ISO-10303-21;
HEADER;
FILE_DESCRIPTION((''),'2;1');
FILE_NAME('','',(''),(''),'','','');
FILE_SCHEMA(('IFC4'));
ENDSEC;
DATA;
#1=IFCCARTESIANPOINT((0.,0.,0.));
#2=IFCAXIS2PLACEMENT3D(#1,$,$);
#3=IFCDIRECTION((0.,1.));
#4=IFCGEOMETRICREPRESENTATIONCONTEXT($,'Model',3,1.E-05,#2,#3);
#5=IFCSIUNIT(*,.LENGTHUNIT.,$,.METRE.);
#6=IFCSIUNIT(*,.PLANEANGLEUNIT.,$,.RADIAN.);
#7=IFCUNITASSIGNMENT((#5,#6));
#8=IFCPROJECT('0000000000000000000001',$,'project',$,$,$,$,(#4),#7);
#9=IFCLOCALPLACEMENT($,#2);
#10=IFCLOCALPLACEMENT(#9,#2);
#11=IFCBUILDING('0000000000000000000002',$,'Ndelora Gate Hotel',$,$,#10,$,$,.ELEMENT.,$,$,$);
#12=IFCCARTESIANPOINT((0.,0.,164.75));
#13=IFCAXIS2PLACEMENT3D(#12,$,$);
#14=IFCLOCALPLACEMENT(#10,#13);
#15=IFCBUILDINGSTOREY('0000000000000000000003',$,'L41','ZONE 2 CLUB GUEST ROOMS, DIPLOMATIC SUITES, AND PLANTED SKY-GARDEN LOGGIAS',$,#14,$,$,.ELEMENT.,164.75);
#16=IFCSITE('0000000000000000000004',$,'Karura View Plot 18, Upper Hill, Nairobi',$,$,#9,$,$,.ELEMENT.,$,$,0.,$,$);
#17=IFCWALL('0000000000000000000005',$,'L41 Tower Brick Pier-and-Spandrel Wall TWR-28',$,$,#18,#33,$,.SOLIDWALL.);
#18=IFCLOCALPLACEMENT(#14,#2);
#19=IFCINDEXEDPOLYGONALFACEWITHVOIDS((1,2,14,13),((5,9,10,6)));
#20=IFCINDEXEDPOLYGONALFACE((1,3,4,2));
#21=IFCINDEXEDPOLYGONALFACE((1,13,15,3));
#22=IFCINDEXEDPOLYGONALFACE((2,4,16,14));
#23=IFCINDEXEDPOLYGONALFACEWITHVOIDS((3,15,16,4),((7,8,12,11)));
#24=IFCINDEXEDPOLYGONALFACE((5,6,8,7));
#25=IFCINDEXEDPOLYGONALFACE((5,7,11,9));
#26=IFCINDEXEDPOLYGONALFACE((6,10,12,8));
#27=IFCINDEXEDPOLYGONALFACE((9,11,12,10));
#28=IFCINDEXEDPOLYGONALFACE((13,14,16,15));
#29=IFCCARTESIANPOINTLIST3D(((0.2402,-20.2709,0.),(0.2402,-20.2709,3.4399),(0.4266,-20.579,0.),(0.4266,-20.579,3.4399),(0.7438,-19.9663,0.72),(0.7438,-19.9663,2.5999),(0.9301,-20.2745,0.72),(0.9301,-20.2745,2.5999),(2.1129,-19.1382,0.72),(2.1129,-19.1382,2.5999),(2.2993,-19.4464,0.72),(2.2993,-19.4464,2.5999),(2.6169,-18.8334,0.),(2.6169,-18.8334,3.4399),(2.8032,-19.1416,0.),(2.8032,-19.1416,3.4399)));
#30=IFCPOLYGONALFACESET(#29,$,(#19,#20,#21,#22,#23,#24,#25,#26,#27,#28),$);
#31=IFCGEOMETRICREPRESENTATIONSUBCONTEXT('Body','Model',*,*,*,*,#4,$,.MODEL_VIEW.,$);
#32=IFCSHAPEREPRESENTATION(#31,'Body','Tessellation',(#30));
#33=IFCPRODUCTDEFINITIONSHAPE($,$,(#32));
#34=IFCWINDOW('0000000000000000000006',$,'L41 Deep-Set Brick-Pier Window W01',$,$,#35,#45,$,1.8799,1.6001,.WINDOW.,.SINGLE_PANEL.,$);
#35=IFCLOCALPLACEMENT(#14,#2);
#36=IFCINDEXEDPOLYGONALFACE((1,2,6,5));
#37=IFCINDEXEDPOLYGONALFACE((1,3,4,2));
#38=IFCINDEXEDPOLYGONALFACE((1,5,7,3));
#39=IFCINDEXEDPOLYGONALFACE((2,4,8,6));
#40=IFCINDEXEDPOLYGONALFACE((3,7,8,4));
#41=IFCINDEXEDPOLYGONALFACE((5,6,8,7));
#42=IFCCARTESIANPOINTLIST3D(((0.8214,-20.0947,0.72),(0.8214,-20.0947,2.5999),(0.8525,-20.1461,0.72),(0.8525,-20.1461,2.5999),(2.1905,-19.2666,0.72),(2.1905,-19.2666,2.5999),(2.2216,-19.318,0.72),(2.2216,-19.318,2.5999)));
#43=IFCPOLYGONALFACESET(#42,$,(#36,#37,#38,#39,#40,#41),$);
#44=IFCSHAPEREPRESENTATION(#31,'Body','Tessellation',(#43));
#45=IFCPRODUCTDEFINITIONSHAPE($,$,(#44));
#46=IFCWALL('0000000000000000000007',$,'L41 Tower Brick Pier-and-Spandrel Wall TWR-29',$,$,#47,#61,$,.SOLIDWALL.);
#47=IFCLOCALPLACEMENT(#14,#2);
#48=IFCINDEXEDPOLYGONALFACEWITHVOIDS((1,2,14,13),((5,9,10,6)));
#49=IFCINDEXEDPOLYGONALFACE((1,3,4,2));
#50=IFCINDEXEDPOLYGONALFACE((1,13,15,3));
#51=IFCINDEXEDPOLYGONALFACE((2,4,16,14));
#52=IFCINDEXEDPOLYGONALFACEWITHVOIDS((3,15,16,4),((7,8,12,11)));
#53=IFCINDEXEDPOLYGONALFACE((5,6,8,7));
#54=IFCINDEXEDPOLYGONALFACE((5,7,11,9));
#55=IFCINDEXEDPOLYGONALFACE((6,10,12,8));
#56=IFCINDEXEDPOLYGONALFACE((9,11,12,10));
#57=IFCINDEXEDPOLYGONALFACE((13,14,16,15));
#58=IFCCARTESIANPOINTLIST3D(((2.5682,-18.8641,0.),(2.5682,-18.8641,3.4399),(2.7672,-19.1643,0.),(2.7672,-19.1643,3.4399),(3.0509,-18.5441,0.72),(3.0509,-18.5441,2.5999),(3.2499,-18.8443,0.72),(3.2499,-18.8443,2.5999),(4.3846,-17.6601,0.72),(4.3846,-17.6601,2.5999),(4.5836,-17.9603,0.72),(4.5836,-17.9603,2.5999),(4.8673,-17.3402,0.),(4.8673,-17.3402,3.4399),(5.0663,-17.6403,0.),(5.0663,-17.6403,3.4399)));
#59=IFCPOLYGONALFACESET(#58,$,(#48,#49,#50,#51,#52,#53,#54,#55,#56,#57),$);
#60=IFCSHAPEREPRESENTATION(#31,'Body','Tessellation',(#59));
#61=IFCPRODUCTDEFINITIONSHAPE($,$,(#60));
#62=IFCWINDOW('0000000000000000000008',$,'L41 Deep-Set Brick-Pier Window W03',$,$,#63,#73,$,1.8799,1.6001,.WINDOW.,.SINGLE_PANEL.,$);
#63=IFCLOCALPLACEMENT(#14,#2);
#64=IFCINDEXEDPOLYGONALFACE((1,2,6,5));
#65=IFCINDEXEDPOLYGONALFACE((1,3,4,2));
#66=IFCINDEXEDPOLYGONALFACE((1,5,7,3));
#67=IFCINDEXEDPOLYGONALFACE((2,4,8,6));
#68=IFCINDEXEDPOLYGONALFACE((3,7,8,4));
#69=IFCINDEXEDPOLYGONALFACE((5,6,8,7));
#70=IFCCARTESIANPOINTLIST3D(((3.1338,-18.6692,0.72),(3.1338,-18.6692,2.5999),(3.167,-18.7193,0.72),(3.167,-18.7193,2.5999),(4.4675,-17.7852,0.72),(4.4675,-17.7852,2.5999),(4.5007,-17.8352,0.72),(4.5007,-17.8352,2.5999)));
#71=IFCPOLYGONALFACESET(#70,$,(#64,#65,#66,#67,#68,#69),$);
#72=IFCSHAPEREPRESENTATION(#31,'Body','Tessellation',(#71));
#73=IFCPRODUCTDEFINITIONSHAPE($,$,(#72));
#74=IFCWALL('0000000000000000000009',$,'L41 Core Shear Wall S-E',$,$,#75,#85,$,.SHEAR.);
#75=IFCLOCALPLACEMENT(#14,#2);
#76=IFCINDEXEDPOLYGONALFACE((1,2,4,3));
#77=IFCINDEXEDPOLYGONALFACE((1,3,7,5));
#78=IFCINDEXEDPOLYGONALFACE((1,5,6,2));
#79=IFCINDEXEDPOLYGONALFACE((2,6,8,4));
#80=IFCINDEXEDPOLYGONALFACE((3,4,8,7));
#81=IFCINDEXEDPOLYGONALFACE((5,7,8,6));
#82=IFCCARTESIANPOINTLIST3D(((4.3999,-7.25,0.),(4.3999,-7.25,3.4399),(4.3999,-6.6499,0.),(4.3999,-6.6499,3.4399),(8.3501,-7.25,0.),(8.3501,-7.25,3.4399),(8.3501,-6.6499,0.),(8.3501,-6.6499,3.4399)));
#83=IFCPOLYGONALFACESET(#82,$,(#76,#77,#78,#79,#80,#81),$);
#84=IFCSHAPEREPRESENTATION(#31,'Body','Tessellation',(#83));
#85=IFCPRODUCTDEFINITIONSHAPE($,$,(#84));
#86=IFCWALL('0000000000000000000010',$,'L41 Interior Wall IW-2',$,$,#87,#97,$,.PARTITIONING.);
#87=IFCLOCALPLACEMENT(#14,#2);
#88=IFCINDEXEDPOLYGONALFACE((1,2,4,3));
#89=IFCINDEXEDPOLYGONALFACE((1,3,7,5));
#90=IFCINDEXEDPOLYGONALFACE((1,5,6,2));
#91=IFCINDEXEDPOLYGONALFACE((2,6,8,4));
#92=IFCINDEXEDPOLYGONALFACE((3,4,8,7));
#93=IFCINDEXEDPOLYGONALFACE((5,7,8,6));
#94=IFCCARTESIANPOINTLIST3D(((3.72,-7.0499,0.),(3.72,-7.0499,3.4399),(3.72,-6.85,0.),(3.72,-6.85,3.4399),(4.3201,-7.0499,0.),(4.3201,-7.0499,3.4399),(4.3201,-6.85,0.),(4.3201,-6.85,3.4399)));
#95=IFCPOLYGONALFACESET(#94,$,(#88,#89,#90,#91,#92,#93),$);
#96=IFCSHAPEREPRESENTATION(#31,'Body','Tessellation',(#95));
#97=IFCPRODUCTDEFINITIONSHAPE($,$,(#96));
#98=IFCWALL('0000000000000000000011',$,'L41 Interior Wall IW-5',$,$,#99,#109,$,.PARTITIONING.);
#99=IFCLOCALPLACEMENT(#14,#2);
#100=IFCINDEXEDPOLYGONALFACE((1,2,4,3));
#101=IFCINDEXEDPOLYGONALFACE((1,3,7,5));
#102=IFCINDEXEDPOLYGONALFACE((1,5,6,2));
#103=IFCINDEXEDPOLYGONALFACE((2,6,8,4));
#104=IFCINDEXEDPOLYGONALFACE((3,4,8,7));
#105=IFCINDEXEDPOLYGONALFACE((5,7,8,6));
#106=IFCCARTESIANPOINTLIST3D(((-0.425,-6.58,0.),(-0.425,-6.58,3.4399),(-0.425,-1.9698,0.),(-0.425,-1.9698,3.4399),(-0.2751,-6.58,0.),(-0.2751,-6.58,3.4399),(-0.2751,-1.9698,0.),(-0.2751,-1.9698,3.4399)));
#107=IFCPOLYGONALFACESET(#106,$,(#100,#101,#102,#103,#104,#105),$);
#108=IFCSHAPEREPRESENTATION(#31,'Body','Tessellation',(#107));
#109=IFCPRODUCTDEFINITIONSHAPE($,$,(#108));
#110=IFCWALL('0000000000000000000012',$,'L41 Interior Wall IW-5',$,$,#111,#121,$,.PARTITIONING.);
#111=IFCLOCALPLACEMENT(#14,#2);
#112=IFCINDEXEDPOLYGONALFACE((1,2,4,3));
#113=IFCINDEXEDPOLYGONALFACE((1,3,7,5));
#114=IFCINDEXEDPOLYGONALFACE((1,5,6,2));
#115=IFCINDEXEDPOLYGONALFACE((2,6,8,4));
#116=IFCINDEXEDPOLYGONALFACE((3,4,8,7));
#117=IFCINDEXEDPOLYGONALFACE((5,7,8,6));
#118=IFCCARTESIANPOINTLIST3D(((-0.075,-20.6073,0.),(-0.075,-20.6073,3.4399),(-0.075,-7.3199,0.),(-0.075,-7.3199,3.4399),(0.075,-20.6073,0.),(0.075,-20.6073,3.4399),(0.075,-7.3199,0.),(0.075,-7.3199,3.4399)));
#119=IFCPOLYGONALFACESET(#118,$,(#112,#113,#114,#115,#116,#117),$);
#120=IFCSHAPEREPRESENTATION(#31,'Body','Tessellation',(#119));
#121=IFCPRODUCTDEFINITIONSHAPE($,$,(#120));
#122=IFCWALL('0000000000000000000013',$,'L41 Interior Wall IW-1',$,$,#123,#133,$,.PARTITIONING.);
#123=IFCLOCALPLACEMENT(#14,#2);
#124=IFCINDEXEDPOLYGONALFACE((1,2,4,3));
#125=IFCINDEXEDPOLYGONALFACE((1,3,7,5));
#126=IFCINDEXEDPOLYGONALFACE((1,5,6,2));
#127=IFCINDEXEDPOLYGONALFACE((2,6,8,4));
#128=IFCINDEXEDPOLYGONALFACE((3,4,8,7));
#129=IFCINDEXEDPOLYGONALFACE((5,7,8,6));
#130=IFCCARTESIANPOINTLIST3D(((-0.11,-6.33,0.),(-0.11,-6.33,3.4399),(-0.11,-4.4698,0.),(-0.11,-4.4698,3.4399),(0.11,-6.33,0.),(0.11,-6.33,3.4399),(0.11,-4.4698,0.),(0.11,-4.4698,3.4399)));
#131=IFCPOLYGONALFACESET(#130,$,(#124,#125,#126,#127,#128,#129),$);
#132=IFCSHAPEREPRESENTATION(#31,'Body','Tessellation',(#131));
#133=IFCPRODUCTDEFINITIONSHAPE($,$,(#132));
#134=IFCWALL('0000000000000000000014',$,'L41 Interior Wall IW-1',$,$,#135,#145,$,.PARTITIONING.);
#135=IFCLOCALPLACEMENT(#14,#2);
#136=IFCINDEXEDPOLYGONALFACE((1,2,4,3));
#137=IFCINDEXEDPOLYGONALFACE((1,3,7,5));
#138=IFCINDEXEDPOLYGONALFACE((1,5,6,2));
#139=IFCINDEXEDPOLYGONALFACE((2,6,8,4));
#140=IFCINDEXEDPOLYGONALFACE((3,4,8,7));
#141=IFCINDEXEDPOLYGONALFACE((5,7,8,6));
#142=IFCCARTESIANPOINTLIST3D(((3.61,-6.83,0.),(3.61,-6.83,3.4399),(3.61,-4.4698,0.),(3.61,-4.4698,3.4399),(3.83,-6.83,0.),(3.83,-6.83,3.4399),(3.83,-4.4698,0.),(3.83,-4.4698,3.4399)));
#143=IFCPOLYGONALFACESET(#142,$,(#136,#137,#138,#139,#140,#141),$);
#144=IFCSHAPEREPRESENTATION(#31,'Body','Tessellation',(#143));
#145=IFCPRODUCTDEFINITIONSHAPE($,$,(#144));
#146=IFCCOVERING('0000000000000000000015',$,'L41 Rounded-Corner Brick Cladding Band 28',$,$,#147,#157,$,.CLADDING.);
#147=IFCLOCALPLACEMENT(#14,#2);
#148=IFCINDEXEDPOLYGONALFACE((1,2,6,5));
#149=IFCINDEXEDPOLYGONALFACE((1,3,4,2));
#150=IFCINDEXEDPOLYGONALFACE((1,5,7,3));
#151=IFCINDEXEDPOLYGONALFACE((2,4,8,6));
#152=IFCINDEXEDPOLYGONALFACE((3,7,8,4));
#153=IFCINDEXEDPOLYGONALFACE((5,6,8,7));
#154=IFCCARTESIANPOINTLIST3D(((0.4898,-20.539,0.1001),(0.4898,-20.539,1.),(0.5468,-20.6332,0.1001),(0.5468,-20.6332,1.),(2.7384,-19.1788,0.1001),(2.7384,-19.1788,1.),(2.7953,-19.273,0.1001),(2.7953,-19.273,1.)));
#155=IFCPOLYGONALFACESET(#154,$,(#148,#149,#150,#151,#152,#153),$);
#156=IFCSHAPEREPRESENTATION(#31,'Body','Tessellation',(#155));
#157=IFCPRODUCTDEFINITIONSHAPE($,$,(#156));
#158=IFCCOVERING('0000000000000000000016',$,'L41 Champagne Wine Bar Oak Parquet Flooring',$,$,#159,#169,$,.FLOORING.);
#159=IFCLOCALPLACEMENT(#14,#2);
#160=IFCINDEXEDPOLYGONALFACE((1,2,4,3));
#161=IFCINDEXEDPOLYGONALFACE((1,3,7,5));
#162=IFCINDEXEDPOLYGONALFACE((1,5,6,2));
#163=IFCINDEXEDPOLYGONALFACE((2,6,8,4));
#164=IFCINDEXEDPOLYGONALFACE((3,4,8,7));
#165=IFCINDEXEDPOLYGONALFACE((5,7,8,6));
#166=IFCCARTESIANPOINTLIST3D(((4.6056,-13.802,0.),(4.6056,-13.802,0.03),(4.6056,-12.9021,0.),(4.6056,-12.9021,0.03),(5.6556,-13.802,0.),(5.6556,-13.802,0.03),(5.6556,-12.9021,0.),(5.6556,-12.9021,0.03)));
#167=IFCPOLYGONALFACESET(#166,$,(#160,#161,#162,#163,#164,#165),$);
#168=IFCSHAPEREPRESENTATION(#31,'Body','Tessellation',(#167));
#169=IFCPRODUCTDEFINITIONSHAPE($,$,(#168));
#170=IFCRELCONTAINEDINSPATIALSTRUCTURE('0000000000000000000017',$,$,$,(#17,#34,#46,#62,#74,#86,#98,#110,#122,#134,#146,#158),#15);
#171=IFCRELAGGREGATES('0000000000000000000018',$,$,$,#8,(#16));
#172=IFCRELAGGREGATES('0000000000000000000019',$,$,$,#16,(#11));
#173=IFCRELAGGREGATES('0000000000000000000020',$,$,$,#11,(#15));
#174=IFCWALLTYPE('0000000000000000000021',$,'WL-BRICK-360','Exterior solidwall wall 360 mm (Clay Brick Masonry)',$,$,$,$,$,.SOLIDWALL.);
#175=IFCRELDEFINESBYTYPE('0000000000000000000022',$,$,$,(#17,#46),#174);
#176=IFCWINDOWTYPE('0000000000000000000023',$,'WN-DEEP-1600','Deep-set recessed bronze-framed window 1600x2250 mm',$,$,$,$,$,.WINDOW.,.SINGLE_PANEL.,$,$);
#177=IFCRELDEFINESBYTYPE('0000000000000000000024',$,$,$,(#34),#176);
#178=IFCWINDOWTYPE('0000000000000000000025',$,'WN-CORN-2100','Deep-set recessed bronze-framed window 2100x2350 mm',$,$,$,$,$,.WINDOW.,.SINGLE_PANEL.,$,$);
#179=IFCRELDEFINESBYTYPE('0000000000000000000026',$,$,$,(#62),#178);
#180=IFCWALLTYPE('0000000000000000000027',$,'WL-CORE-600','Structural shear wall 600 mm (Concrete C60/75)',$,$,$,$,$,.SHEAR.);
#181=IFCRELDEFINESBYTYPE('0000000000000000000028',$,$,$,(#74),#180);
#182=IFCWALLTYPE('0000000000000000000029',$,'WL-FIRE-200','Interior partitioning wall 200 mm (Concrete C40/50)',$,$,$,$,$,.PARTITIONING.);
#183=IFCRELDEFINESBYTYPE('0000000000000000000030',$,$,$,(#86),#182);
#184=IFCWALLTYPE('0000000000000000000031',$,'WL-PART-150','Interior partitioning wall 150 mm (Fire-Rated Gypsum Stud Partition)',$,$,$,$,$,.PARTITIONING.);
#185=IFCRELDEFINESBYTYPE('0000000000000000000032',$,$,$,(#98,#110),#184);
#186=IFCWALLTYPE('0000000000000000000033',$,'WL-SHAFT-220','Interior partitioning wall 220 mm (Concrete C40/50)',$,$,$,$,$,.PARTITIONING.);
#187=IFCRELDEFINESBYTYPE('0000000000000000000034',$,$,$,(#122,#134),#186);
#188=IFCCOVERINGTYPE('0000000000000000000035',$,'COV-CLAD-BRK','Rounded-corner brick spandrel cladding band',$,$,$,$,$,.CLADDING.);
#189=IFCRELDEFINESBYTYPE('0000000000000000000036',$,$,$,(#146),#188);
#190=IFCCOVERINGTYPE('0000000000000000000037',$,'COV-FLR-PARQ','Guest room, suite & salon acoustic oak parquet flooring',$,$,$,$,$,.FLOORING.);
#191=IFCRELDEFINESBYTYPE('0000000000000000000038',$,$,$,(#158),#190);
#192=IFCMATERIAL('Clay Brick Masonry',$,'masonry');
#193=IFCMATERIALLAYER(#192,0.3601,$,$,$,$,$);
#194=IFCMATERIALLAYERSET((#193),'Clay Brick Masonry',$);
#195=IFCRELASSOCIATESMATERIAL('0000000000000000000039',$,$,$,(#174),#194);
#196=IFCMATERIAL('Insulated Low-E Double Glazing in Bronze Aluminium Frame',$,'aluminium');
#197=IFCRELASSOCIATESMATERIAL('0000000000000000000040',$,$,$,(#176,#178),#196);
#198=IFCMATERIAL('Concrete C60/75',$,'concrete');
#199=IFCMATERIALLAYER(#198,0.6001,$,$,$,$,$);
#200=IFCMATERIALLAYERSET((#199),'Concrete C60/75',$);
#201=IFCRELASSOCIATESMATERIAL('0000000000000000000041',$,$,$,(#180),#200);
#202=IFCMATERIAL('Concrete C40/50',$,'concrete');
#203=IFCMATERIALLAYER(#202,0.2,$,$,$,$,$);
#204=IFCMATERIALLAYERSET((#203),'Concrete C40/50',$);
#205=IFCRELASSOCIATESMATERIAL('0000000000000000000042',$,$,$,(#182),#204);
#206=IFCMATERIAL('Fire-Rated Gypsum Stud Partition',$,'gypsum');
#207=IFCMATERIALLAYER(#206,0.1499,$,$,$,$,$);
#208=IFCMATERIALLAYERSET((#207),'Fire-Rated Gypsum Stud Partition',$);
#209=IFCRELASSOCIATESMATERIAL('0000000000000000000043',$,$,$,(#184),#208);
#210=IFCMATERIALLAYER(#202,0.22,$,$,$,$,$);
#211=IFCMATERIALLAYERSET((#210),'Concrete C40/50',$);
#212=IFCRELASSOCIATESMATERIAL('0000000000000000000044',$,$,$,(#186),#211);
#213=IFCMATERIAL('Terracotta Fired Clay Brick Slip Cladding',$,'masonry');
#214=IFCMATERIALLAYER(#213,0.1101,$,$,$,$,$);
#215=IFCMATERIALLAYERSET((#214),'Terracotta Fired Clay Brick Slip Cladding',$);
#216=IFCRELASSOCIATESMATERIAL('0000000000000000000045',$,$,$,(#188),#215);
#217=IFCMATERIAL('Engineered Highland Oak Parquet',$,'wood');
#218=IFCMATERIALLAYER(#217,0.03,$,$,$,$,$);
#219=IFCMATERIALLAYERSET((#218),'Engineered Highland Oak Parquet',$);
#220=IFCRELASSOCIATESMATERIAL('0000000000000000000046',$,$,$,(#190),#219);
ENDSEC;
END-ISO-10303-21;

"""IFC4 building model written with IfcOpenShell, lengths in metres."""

from ifc_helpers import new_model, si_unit, direction, frame, frame_2d, origin, origin_2d, place, context, subcontext, project, spatial, rectangle, extrude, material, layer, layer_set, type_object, element, fill, save


model = new_model("IFC4")

# Units and contexts
model_context = context("Model", 3, precision=1e-05, world=origin(), true_north=direction((0.0, 1.0)))
body_context = subcontext(model_context, "Body", "Model", "MODEL_VIEW")
ifc_project = project(units=[si_unit("LENGTHUNIT", "METRE"), si_unit("PLANEANGLEUNIT", "RADIAN")], contexts=[model_context])

# Site, building, storey
site_placement = place(None, origin())
site = spatial("IfcSite", under=ifc_project, at=site_placement, Name="Karura View Plot 18, Upper Hill, Nairobi", CompositionType="ELEMENT", RefElevation=0.0)
building_placement = place(site_placement, origin())
building = spatial("IfcBuilding", under=site, at=building_placement, Name="Ndelora Gate Hotel", CompositionType="ELEMENT")
storey_placement = place(building_placement, frame((0.0, 0.0, 164.75)))
storey = spatial("IfcBuildingStorey", under=building, at=storey_placement, Name="L41", Description="ZONE 2 CLUB GUEST ROOMS, DIPLOMATIC SUITES, AND PLANTED SKY-GARDEN LOGGIAS", CompositionType="ELEMENT", Elevation=164.75)

# Shared definitions
ifc_material_1 = material(Name="Concrete C60/75", Category="concrete")

# Shared definitions
ifc_material_2 = material(Name="Clay Brick Masonry", Category="masonry")
ifc_layer_1 = layer(ifc_material_2, 0.3601)
ifc_layer_set_1 = layer_set([ifc_layer_1], Name="Clay Brick Masonry")
wall_type_1 = type_object("IfcWallType", Name="WL-BRICK-360", Description="Exterior solidwall wall 360 mm (Clay Brick Masonry)", PredefinedType="SOLIDWALL", material=ifc_layer_set_1)

# Walls, openings, windows
ifc_material_3 = material(Name="Insulated Low-E Double Glazing in Bronze Aluminium Frame", Category="aluminium")
window_type_1 = type_object("IfcWindowType", Name="WN-DEEP-1600", Description="Deep-set recessed bronze-framed window 1600x2250 mm", PartitioningType="SINGLE_PANEL", PredefinedType="WINDOW", material=ifc_material_3)
wall_1_placement = place(storey_placement, frame((2.71, -18.9875, 0.0), z_axis=(0.0, 0.0, 1.0), x_axis=(-0.855665, -0.51753, 0.0)))
wall_1 = element("IfcWall", 1, at=wall_1_placement, inside=storey, type_object=wall_type_1, Name="L41 Tower Brick Pier-and-Spandrel Wall TWR-28", PredefinedType="SOLIDWALL", context=body_context, shape_type="SweptSolid", body=[
    extrude(rectangle(XDim=2.7776, YDim=0.3601, at=frame_2d((1.3887, 0.0))), origin(), (0.0, 0.0, 1.0), 3.4399),
])
opening_1_placement = place(wall_1_placement, frame((0.5889, 0.0, 0.72)))
opening_1 = element("IfcOpeningElement", 2, at=opening_1_placement, cuts=wall_1, PredefinedType="OPENING", context=body_context, shape_type="SweptSolid", body=[
    extrude(rectangle(XDim=1.6001, YDim=1.8799, at=frame_2d((0.8, 0.9399))), frame((0.0, 0.1899, 0.0), z_axis=(0.0, -1.0, 0.0), x_axis=(1.0, 0.0, 0.0)), (0.0, 0.0, 1.0), 0.3801),
])
window_1_placement = place(opening_1_placement, origin())
window_1 = element("IfcWindow", 3, at=window_1_placement, inside=storey, type_object=window_type_1, Name="L41 Deep-Set Brick-Pier Window W01", OverallHeight=1.8799, OverallWidth=1.6001, PartitioningType="SINGLE_PANEL", PredefinedType="WINDOW", context=body_context, shape_type="SweptSolid", body=[
    extrude(rectangle(XDim=1.6001, YDim=1.8799, at=frame_2d((0.8, 0.9399))), frame((0.0, 0.03, 0.0), z_axis=(0.0, -1.0, 0.0), x_axis=(1.0, 0.0, 0.0)), (0.0, 0.0, 1.0), 0.0601),
])
fill(opening_1, window_1)
wall_2_placement = place(storey_placement, frame((4.9668, -17.4902, 0.0), z_axis=(0.0, 0.0, 1.0), x_axis=(-0.833518, -0.552492, 0.0)))
wall_2 = element("IfcWall", 4, at=wall_2_placement, inside=storey, type_object=wall_type_1, Name="L41 Tower Brick Pier-and-Spandrel Wall TWR-29", PredefinedType="SOLIDWALL", context=body_context, shape_type="SweptSolid", body=[
    extrude(rectangle(XDim=2.7583, YDim=0.3601, at=frame_2d((1.3792, 0.0))), origin(), (0.0, 0.0, 1.0), 3.4399),
])
opening_2_placement = place(wall_2_placement, frame((0.5791, 0.0, 0.72)))
opening_2 = element("IfcOpeningElement", 5, at=opening_2_placement, cuts=wall_2, PredefinedType="OPENING", context=body_context, shape_type="SweptSolid", body=[
    extrude(rectangle(XDim=1.6001, YDim=1.8799, at=frame_2d((0.8, 0.9399))), frame((0.0, 0.1899, 0.0), z_axis=(0.0, -1.0, 0.0), x_axis=(1.0, 0.0, 0.0)), (0.0, 0.0, 1.0), 0.3801),
])
window_type_2 = type_object("IfcWindowType", Name="WN-CORN-2100", Description="Deep-set recessed bronze-framed window 2100x2350 mm", PartitioningType="SINGLE_PANEL", PredefinedType="WINDOW", material=ifc_material_3)
window_2_placement = place(opening_2_placement, origin())
window_2 = element("IfcWindow", 6, at=window_2_placement, inside=storey, type_object=window_type_2, Name="L41 Deep-Set Brick-Pier Window W03", OverallHeight=1.8799, OverallWidth=1.6001, PartitioningType="SINGLE_PANEL", PredefinedType="WINDOW", context=body_context, shape_type="SweptSolid", body=[
    extrude(rectangle(XDim=1.6001, YDim=1.8799, at=frame_2d((0.8, 0.9399))), frame((0.0, 0.03, 0.0), z_axis=(0.0, -1.0, 0.0), x_axis=(1.0, 0.0, 0.0)), (0.0, 0.0, 1.0), 0.0601),
])
fill(opening_2, window_2)

# Walls
ifc_layer_2 = layer(ifc_material_1, 0.6001)
ifc_layer_set_2 = layer_set([ifc_layer_2], Name="Concrete C60/75")
wall_type_2 = type_object("IfcWallType", Name="WL-CORE-600", Description="Structural shear wall 600 mm (Concrete C60/75)", PredefinedType="SHEAR", material=ifc_layer_set_2)
wall_3_placement = place(storey_placement, frame((4.3999, -6.95, 0.0), z_axis=(0.0, 0.0, 1.0), x_axis=(1.0, 0.0, 0.0)))
element("IfcWall", 7, at=wall_3_placement, inside=storey, type_object=wall_type_2, Name="L41 Core Shear Wall S-E", PredefinedType="SHEAR", context=body_context, shape_type="SweptSolid", body=[
    extrude(rectangle(XDim=3.9502, YDim=0.6001, at=frame_2d((1.9751, 0.0))), origin(), (0.0, 0.0, 1.0), 3.4399),
])
ifc_material_4 = material(Name="Concrete C40/50", Category="concrete")
ifc_layer_3 = layer(ifc_material_4, 0.2)
ifc_layer_set_3 = layer_set([ifc_layer_3], Name="Concrete C40/50")
wall_type_3 = type_object("IfcWallType", Name="WL-FIRE-200", Description="Interior partitioning wall 200 mm (Concrete C40/50)", PredefinedType="PARTITIONING", material=ifc_layer_set_3)
wall_4_placement = place(storey_placement, frame((3.72, -6.95, 0.0), z_axis=(0.0, 0.0, 1.0), x_axis=(1.0, 0.0, 0.0)))
element("IfcWall", 8, at=wall_4_placement, inside=storey, type_object=wall_type_3, Name="L41 Interior Wall IW-2", PredefinedType="PARTITIONING", context=body_context, shape_type="SweptSolid", body=[
    extrude(rectangle(XDim=0.6001, YDim=0.2, at=frame_2d((0.3, 0.0))), origin(), (0.0, 0.0, 1.0), 3.4399),
])
ifc_material_5 = material(Name="Fire-Rated Gypsum Stud Partition", Category="gypsum")
ifc_layer_4 = layer(ifc_material_5, 0.1499)
ifc_layer_set_4 = layer_set([ifc_layer_4], Name="Fire-Rated Gypsum Stud Partition")
wall_type_4 = type_object("IfcWallType", Name="WL-PART-150", Description="Interior partitioning wall 150 mm (Fire-Rated Gypsum Stud Partition)", PredefinedType="PARTITIONING", material=ifc_layer_set_4)
wall_5_placement = place(storey_placement, frame((-0.3501, -6.5801, 0.0), z_axis=(0.0, 0.0, 1.0), x_axis=(0.0, 1.0, 0.0)))
element("IfcWall", 9, at=wall_5_placement, inside=storey, type_object=wall_type_4, Name="L41 Interior Wall IW-5", PredefinedType="PARTITIONING", context=body_context, shape_type="SweptSolid", body=[
    extrude(rectangle(XDim=4.6101, YDim=0.1499, at=frame_2d((2.3052, 0.0))), origin(), (0.0, 0.0, 1.0), 3.4399),
])
wall_6_placement = place(storey_placement, frame((0.0, -7.3201, 0.0), z_axis=(0.0, 0.0, 1.0), x_axis=(0.0, -1.0, 0.0)))
element("IfcWall", 10, at=wall_6_placement, inside=storey, type_object=wall_type_4, Name="L41 Interior Wall IW-5", PredefinedType="PARTITIONING", context=body_context, shape_type="SweptSolid", body=[
    extrude(rectangle(XDim=13.2874, YDim=0.1499, at=frame_2d((6.6436, 0.0))), origin(), (0.0, 0.0, 1.0), 3.4399),
])

# Shared definitions
ifc_layer_5 = layer(ifc_material_4, 0.22)
ifc_layer_set_5 = layer_set([ifc_layer_5], Name="Concrete C40/50")
wall_type_5 = type_object("IfcWallType", Name="WL-SHAFT-220", Description="Interior partitioning wall 220 mm (Concrete C40/50)", PredefinedType="PARTITIONING", material=ifc_layer_set_5)

# Wall
wall_7_placement = place(storey_placement, frame((0.0, -6.3301, 0.0), z_axis=(0.0, 0.0, 1.0), x_axis=(0.0, 1.0, 0.0)))
element("IfcWall", 11, at=wall_7_placement, inside=storey, type_object=wall_type_5, Name="L41 Interior Wall IW-1", PredefinedType="PARTITIONING", context=body_context, shape_type="SweptSolid", body=[
    extrude(rectangle(XDim=1.8601, YDim=0.22, at=frame_2d((0.9302, 0.0))), origin(), (0.0, 0.0, 1.0), 3.4399),
])

# Wall
wall_8_placement = place(storey_placement, frame((3.72, -6.8301, 0.0), z_axis=(0.0, 0.0, 1.0), x_axis=(0.0, 1.0, 0.0)))
element("IfcWall", 12, at=wall_8_placement, inside=storey, type_object=wall_type_5, Name="L41 Interior Wall IW-1", PredefinedType="PARTITIONING", context=body_context, shape_type="SweptSolid", body=[
    extrude(rectangle(XDim=2.3601, YDim=0.22, at=frame_2d((1.1802, 0.0))), origin(), (0.0, 0.0, 1.0), 3.4399),
])

# Coverings
ifc_material_6 = material(Name="Terracotta Fired Clay Brick Slip Cladding", Category="masonry")
ifc_layer_6 = layer(ifc_material_6, 0.1101)
ifc_layer_set_6 = layer_set([ifc_layer_6], Name="Terracotta Fired Clay Brick Slip Cladding")
covering_type_1 = type_object("IfcCoveringType", Name="COV-CLAD-BRK", Description="Rounded-corner brick spandrel cladding band", PredefinedType="CLADDING", material=ifc_layer_set_6)
covering_1_placement = place(storey_placement, frame((1.6426, -19.906, 0.1001), z_axis=(0.0, 0.0, 1.0), x_axis=(0.855635, 0.517579, 0.0)))
element("IfcCovering", 13, at=covering_1_placement, inside=storey, type_object=covering_type_1, Name="L41 Rounded-Corner Brick Cladding Band 28", PredefinedType="CLADDING", context=body_context, shape_type="SweptSolid", body=[
    extrude(rectangle(XDim=2.6279, YDim=0.1101, at=origin_2d()), origin(), (0.0, 0.0, 1.0), 0.8999),
])
ifc_material_7 = material(Name="Engineered Highland Oak Parquet", Category="wood")
ifc_layer_7 = layer(ifc_material_7, 0.03)
ifc_layer_set_7 = layer_set([ifc_layer_7], Name="Engineered Highland Oak Parquet")
covering_type_2 = type_object("IfcCoveringType", Name="COV-FLR-PARQ", Description="Guest room, suite & salon acoustic oak parquet flooring", PredefinedType="FLOORING", material=ifc_layer_set_7)
covering_2_placement = place(storey_placement, frame((5.1306, -13.3521, 0.0), z_axis=(0.0, 0.0, 1.0), x_axis=(1.0, 0.0, 0.0)))
element("IfcCovering", 14, at=covering_2_placement, inside=storey, type_object=covering_type_2, Name="L41 Champagne Wine Bar Oak Parquet Flooring", PredefinedType="FLOORING", context=body_context, shape_type="SweptSolid", body=[
    extrude(rectangle(XDim=1.05, YDim=0.8999, at=origin_2d()), origin(), (0.0, 0.0, 1.0), 0.03),
])

save(model, "model.ifc")
